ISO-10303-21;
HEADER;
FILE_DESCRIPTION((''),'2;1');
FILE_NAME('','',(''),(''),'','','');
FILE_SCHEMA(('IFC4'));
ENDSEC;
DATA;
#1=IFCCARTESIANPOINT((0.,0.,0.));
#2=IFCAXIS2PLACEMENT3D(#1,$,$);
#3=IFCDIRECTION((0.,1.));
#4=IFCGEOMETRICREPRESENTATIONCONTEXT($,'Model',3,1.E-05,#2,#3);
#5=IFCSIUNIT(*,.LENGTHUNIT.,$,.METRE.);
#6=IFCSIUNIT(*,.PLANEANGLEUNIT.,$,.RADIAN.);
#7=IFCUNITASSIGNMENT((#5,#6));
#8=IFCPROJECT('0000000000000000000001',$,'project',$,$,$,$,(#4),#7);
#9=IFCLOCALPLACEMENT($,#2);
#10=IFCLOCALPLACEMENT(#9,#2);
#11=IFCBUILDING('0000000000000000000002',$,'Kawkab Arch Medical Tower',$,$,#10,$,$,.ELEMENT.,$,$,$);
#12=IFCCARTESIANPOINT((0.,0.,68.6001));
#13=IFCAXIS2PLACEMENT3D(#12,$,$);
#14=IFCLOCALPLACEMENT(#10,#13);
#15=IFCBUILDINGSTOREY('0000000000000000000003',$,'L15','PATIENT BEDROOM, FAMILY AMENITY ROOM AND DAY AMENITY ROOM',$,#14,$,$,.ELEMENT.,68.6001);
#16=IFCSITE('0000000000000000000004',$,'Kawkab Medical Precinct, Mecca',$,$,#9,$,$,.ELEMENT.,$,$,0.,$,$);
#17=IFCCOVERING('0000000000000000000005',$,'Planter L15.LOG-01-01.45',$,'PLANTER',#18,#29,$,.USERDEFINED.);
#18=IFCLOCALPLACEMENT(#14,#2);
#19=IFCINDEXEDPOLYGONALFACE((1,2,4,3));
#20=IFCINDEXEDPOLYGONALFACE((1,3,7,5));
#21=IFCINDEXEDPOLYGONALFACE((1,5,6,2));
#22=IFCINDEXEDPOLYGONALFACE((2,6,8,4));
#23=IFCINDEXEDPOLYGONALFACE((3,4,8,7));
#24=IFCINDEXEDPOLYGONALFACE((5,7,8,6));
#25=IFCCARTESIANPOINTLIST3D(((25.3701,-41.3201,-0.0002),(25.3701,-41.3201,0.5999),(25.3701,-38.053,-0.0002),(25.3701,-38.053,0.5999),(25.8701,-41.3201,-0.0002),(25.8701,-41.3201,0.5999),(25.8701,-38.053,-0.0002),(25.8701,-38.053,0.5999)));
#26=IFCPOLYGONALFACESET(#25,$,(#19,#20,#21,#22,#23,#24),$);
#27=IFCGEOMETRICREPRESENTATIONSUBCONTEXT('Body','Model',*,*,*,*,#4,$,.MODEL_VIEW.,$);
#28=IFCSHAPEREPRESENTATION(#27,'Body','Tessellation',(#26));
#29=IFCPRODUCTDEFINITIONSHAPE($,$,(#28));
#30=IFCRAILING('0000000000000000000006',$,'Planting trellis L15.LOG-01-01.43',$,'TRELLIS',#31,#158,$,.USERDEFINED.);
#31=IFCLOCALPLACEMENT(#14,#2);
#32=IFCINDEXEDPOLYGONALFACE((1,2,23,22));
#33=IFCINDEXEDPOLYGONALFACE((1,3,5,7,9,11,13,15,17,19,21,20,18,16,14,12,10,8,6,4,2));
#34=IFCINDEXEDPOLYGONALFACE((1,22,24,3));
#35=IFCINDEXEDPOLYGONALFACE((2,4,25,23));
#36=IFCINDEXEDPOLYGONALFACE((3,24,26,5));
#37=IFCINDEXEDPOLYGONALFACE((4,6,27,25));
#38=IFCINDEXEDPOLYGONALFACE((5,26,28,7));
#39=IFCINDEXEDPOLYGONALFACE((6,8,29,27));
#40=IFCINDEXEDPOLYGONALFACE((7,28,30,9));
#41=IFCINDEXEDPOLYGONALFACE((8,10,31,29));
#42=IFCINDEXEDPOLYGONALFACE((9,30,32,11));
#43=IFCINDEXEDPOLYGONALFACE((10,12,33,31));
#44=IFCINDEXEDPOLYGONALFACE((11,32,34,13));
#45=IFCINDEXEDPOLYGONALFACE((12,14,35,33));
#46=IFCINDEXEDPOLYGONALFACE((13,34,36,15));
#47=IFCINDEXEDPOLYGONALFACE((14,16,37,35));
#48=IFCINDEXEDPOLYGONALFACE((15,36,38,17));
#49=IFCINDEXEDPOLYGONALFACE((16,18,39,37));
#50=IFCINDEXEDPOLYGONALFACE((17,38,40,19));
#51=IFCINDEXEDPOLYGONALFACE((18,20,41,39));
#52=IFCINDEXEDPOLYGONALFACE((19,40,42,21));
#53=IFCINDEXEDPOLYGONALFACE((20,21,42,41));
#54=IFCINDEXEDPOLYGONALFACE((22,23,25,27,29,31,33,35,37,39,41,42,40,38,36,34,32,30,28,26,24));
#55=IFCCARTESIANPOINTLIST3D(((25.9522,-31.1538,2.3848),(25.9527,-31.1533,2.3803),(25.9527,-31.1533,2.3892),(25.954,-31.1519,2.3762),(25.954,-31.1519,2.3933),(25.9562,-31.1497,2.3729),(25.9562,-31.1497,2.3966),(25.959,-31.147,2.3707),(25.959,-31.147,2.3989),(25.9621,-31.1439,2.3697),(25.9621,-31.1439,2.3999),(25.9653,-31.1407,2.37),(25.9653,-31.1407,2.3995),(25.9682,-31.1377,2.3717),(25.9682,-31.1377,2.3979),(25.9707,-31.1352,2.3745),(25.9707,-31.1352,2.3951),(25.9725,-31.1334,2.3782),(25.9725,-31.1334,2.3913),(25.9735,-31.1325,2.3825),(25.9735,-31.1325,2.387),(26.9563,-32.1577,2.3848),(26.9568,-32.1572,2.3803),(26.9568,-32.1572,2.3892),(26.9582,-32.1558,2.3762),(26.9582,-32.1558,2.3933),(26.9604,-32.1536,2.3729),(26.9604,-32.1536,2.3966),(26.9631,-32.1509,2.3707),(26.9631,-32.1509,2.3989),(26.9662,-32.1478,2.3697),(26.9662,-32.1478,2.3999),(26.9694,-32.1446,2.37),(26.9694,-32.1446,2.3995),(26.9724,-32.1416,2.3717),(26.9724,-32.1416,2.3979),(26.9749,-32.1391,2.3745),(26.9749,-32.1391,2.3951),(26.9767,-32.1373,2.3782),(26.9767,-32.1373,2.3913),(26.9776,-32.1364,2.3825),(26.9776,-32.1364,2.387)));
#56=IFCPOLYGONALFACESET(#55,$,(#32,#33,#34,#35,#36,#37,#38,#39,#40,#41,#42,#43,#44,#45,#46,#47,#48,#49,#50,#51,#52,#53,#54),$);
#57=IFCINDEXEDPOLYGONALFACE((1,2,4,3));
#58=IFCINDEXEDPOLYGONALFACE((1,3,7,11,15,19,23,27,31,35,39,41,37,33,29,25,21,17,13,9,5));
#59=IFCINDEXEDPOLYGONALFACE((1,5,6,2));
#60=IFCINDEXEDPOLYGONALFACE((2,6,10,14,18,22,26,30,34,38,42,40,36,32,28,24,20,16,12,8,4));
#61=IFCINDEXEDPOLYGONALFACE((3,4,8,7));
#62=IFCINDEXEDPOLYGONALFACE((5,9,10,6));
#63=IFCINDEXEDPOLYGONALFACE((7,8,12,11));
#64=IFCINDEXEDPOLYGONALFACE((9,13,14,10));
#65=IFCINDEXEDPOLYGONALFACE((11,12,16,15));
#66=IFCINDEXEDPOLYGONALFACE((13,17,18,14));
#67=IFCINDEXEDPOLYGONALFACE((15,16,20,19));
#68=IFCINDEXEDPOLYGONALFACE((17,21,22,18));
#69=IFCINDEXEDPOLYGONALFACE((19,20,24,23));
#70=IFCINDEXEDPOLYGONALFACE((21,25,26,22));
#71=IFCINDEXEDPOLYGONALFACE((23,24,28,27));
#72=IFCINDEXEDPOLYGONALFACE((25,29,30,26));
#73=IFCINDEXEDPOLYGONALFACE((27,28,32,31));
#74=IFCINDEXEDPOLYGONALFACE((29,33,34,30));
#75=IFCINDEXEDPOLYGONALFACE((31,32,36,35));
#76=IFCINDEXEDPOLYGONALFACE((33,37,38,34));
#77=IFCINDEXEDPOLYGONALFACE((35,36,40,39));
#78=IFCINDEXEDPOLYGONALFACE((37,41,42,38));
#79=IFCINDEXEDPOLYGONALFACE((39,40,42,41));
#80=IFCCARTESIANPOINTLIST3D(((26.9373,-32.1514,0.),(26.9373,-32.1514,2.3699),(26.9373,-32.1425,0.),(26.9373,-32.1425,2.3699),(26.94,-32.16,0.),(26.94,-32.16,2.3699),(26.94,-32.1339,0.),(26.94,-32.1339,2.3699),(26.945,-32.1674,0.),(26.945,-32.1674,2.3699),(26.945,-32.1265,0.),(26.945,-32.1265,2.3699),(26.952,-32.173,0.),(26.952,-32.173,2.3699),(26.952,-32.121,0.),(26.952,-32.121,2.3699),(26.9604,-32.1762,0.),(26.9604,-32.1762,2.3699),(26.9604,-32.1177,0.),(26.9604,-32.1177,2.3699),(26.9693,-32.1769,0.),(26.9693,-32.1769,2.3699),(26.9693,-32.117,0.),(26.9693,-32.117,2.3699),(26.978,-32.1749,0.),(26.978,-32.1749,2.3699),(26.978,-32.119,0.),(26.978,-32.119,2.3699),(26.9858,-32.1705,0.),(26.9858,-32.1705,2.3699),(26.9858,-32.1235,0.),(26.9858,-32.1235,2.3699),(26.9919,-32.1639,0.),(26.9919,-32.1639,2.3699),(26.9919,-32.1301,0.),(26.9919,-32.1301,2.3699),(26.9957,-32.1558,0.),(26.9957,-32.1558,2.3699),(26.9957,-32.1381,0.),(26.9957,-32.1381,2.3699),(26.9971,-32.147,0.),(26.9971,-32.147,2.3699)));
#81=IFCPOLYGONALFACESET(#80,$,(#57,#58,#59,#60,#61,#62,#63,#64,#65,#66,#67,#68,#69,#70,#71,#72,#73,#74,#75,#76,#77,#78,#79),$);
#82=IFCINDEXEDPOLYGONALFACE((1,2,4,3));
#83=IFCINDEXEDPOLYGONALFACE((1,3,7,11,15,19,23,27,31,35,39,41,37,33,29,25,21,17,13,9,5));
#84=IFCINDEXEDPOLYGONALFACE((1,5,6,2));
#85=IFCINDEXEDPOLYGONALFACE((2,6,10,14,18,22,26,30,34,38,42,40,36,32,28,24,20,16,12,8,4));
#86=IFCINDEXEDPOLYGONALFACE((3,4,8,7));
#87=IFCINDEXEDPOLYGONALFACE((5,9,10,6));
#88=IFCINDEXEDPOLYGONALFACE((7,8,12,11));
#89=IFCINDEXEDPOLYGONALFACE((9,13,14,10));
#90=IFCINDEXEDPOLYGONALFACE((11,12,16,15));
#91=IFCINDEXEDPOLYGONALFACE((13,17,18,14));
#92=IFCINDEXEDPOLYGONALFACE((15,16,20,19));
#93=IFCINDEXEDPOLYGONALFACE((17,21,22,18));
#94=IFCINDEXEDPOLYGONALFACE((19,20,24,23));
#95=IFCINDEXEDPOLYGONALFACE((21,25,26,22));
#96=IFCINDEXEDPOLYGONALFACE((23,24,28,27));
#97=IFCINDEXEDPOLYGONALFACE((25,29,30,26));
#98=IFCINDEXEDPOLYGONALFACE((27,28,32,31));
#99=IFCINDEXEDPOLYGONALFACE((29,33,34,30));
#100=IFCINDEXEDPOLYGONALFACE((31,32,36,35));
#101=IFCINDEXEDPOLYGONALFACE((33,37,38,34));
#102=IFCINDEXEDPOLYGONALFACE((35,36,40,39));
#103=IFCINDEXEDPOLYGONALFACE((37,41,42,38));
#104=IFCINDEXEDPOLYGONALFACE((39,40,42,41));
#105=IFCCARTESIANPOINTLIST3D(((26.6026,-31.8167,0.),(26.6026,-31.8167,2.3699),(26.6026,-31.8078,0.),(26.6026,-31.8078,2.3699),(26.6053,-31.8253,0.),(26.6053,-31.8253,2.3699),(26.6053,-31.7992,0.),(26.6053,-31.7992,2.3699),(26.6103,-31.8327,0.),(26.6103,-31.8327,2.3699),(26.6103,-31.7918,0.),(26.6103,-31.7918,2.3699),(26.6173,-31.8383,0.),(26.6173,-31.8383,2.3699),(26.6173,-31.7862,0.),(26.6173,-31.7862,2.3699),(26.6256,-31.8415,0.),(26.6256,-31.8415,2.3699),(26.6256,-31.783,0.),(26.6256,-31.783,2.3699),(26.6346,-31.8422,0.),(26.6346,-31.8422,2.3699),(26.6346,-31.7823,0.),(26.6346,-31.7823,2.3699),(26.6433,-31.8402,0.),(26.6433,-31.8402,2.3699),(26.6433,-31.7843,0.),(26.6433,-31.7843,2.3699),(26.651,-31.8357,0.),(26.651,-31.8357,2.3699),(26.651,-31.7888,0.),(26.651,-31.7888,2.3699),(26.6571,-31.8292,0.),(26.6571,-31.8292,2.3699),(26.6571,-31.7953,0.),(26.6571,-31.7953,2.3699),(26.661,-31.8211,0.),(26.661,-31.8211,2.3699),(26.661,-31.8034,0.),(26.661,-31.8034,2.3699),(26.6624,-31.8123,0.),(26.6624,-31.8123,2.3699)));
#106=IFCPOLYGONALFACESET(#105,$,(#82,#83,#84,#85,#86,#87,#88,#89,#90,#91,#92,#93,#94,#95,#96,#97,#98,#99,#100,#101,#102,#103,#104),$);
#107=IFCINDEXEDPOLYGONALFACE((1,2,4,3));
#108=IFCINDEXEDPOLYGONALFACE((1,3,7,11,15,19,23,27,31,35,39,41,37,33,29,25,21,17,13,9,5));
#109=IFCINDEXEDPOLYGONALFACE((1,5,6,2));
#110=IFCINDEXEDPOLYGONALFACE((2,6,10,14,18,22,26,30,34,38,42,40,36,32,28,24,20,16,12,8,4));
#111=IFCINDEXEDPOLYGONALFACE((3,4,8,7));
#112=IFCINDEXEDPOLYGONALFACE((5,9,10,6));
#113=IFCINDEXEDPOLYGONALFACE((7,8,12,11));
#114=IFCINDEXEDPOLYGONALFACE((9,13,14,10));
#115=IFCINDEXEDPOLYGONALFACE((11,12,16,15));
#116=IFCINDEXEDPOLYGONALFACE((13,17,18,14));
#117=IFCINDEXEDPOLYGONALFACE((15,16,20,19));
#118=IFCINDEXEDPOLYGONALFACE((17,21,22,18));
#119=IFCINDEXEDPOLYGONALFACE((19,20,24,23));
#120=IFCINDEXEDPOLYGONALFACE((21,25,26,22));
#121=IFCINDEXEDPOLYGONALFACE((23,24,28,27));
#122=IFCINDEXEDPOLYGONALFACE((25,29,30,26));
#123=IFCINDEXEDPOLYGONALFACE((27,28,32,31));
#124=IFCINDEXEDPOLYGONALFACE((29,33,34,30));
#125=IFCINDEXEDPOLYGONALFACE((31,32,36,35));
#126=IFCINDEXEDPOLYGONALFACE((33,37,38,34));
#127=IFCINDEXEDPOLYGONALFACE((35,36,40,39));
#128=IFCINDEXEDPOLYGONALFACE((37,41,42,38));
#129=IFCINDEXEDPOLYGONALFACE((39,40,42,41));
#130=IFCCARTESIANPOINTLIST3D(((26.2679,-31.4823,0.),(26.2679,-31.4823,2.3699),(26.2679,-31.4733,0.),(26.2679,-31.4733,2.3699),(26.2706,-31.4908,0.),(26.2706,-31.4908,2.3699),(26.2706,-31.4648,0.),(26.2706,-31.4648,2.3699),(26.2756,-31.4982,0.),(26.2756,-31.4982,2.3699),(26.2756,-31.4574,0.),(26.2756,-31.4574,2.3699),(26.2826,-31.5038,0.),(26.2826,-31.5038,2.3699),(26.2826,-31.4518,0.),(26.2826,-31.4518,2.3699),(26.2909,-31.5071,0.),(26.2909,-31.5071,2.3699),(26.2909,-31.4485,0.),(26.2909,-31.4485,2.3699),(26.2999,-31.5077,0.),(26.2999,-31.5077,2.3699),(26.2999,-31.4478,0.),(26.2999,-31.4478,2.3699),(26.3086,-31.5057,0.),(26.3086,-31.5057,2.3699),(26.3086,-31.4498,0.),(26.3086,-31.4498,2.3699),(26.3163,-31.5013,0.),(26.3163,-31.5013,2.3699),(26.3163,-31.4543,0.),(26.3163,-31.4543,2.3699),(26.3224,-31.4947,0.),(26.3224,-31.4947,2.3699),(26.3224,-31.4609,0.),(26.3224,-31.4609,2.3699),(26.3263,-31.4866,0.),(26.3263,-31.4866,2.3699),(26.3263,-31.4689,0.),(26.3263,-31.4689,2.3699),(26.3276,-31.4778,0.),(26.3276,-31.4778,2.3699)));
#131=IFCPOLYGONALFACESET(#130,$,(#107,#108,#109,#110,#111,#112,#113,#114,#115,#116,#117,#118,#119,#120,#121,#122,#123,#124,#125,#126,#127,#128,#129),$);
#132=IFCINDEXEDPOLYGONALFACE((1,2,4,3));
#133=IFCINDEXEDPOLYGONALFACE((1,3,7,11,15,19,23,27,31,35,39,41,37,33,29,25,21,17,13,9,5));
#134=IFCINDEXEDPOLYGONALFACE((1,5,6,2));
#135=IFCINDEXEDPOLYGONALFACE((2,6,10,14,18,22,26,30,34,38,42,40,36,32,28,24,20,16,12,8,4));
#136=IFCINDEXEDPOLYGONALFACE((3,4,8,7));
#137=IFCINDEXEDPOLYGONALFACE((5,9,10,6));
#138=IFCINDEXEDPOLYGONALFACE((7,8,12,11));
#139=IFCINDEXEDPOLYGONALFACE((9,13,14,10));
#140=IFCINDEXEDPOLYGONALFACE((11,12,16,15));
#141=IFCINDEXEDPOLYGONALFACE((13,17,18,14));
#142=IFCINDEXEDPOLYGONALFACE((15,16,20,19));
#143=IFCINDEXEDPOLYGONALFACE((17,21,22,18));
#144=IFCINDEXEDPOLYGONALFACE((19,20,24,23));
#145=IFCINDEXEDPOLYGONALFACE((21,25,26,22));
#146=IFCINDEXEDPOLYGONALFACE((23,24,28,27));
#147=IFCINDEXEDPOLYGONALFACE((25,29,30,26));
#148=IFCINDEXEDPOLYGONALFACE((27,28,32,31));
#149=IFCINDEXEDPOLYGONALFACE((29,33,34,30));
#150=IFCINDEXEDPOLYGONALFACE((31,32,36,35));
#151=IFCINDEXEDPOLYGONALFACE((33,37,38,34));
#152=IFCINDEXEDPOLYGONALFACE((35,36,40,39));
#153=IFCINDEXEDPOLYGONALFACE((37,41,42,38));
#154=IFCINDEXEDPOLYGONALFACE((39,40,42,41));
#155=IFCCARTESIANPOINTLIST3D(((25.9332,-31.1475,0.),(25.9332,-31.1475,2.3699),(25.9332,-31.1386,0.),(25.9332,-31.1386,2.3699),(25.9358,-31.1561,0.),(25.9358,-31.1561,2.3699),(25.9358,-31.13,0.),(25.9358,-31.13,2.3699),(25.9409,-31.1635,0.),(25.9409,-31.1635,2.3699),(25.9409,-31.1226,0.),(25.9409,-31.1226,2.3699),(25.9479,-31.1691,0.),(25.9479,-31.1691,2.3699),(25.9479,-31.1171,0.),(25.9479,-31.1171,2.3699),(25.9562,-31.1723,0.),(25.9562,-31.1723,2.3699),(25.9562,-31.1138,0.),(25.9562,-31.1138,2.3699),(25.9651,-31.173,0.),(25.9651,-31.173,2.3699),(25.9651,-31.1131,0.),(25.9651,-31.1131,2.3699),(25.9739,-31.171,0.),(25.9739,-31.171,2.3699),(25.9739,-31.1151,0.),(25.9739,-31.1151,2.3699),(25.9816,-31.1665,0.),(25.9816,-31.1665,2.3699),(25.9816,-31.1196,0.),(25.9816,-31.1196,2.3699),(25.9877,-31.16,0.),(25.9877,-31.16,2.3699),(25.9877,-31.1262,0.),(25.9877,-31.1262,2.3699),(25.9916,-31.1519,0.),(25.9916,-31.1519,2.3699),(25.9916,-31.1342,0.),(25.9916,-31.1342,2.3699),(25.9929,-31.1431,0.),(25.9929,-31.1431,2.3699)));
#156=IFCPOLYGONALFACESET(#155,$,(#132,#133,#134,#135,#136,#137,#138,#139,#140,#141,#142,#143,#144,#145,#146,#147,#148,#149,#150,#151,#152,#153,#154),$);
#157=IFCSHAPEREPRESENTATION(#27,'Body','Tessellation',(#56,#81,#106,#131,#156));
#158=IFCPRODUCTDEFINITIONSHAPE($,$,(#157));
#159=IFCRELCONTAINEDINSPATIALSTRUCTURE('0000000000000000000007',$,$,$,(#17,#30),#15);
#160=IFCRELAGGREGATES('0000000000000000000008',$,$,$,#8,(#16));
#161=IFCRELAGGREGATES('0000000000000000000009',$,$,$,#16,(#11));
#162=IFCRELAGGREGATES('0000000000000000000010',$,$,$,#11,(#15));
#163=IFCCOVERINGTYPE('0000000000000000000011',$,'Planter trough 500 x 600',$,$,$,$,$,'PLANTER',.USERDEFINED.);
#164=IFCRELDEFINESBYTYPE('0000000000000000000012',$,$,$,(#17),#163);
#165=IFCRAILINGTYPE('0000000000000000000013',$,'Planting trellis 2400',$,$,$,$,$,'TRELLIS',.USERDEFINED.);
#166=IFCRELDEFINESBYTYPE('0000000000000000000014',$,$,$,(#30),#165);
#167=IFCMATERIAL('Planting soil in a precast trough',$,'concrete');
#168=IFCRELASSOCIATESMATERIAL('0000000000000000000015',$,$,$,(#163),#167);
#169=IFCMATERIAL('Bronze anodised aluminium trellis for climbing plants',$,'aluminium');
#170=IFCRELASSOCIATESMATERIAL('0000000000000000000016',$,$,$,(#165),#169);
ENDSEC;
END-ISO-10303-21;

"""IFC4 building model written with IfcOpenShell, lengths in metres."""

from ifc_helpers import new_model, si_unit, direction, frame, origin, origin_2d, place, context, subcontext, project, spatial, rectangle, circle, extrude, material, material_profile, profile_set, type_object, element, save


model = new_model("IFC4")

# Units and contexts
model_context = context("Model", 3, precision=1e-05, world=origin(), true_north=direction((0.0, 1.0)))
body_context = subcontext(model_context, "Body", "Model", "MODEL_VIEW")
ifc_project = project(units=[si_unit("LENGTHUNIT", "METRE"), si_unit("PLANEANGLEUNIT", "RADIAN")], contexts=[model_context])

# Site, building, storey
site_placement = place(None, origin())
site = spatial("IfcSite", under=ifc_project, at=site_placement, Name="Kawkab Medical Precinct, Mecca", CompositionType="ELEMENT", RefElevation=0.0)
building_placement = place(site_placement, origin())
building = spatial("IfcBuilding", under=site, at=building_placement, Name="Kawkab Arch Medical Tower", CompositionType="ELEMENT")
storey_placement = place(building_placement, frame((0.0, 0.0, 68.6001)))
storey = spatial("IfcBuildingStorey", under=building, at=storey_placement, Name="L15", Description="PATIENT BEDROOM, FAMILY AMENITY ROOM AND DAY AMENITY ROOM", CompositionType="ELEMENT", Elevation=68.6001)

# Covering
ifc_material_1 = material(Name="Planting soil in a precast trough", Category="concrete")
ifc_material_profile_1 = material_profile(ifc_material_1, rectangle(XDim=0.5, YDim=0.6001, at=origin_2d()), Name="Trough 500x600")
ifc_profile_set_1 = profile_set([ifc_material_profile_1], Name="Planting soil in a precast trough")
covering_type = type_object("IfcCoveringType", Name="Planter trough 500 x 600", ElementType="PLANTER", PredefinedType="USERDEFINED", material=ifc_profile_set_1)
covering_1_placement = place(storey_placement, frame((25.6201, -38.053, 0.2998), z_axis=(0.0, -1.0, 0.0), x_axis=(1.0, 0.0, 0.0)))
element("IfcCovering", 1, at=covering_1_placement, inside=storey, type_object=covering_type, Name="Planter L15.LOG-01-01.45", ObjectType="PLANTER", PredefinedType="USERDEFINED", context=body_context, shape_type="SweptSolid", body=[
    extrude(rectangle(XDim=0.5, YDim=0.6001, at=origin_2d()), origin(), (0.0, 0.0, 1.0), 3.2671),
])

# Railing
ifc_material_2 = material(Name="Bronze anodised aluminium trellis for climbing plants", Category="aluminium")
railing_type = type_object("IfcRailingType", Name="Planting trellis 2400", ElementType="TRELLIS", PredefinedType="USERDEFINED", material=ifc_material_2)
railing_1_placement = place(storey_placement, frame((26.967, -32.147, 0.0)))
element("IfcRailing", 2, at=railing_1_placement, inside=storey, type_object=railing_type, Name="Planting trellis L15.LOG-01-01.43", ObjectType="TRELLIS", PredefinedType="USERDEFINED", context=body_context, shape_type="SweptSolid", body=[
    extrude(circle(Radius=0.0151, at=origin_2d()), frame((0.0, 0.0, 2.3848), z_axis=(-0.707193, 0.707021, 0.0), x_axis=(-0.707021, -0.707193, 0.0)), (0.0, 0.0, 1.0), 1.4199),
    extrude(circle(Radius=0.03, at=origin_2d()), origin(), (0.0, 0.0, 1.0), 2.3699),
    extrude(circle(Radius=0.03, at=origin_2d()), frame((-0.3347, 0.3347, 0.0)), (0.0, 0.0, 1.0), 2.3699),
    extrude(circle(Radius=0.03, at=origin_2d()), frame((-0.6694, 0.6692, 0.0)), (0.0, 0.0, 1.0), 2.3699),
    extrude(circle(Radius=0.03, at=origin_2d()), frame((-1.0042, 1.0039, 0.0)), (0.0, 0.0, 1.0), 2.3699),
])

save(model, "model.ifc")
